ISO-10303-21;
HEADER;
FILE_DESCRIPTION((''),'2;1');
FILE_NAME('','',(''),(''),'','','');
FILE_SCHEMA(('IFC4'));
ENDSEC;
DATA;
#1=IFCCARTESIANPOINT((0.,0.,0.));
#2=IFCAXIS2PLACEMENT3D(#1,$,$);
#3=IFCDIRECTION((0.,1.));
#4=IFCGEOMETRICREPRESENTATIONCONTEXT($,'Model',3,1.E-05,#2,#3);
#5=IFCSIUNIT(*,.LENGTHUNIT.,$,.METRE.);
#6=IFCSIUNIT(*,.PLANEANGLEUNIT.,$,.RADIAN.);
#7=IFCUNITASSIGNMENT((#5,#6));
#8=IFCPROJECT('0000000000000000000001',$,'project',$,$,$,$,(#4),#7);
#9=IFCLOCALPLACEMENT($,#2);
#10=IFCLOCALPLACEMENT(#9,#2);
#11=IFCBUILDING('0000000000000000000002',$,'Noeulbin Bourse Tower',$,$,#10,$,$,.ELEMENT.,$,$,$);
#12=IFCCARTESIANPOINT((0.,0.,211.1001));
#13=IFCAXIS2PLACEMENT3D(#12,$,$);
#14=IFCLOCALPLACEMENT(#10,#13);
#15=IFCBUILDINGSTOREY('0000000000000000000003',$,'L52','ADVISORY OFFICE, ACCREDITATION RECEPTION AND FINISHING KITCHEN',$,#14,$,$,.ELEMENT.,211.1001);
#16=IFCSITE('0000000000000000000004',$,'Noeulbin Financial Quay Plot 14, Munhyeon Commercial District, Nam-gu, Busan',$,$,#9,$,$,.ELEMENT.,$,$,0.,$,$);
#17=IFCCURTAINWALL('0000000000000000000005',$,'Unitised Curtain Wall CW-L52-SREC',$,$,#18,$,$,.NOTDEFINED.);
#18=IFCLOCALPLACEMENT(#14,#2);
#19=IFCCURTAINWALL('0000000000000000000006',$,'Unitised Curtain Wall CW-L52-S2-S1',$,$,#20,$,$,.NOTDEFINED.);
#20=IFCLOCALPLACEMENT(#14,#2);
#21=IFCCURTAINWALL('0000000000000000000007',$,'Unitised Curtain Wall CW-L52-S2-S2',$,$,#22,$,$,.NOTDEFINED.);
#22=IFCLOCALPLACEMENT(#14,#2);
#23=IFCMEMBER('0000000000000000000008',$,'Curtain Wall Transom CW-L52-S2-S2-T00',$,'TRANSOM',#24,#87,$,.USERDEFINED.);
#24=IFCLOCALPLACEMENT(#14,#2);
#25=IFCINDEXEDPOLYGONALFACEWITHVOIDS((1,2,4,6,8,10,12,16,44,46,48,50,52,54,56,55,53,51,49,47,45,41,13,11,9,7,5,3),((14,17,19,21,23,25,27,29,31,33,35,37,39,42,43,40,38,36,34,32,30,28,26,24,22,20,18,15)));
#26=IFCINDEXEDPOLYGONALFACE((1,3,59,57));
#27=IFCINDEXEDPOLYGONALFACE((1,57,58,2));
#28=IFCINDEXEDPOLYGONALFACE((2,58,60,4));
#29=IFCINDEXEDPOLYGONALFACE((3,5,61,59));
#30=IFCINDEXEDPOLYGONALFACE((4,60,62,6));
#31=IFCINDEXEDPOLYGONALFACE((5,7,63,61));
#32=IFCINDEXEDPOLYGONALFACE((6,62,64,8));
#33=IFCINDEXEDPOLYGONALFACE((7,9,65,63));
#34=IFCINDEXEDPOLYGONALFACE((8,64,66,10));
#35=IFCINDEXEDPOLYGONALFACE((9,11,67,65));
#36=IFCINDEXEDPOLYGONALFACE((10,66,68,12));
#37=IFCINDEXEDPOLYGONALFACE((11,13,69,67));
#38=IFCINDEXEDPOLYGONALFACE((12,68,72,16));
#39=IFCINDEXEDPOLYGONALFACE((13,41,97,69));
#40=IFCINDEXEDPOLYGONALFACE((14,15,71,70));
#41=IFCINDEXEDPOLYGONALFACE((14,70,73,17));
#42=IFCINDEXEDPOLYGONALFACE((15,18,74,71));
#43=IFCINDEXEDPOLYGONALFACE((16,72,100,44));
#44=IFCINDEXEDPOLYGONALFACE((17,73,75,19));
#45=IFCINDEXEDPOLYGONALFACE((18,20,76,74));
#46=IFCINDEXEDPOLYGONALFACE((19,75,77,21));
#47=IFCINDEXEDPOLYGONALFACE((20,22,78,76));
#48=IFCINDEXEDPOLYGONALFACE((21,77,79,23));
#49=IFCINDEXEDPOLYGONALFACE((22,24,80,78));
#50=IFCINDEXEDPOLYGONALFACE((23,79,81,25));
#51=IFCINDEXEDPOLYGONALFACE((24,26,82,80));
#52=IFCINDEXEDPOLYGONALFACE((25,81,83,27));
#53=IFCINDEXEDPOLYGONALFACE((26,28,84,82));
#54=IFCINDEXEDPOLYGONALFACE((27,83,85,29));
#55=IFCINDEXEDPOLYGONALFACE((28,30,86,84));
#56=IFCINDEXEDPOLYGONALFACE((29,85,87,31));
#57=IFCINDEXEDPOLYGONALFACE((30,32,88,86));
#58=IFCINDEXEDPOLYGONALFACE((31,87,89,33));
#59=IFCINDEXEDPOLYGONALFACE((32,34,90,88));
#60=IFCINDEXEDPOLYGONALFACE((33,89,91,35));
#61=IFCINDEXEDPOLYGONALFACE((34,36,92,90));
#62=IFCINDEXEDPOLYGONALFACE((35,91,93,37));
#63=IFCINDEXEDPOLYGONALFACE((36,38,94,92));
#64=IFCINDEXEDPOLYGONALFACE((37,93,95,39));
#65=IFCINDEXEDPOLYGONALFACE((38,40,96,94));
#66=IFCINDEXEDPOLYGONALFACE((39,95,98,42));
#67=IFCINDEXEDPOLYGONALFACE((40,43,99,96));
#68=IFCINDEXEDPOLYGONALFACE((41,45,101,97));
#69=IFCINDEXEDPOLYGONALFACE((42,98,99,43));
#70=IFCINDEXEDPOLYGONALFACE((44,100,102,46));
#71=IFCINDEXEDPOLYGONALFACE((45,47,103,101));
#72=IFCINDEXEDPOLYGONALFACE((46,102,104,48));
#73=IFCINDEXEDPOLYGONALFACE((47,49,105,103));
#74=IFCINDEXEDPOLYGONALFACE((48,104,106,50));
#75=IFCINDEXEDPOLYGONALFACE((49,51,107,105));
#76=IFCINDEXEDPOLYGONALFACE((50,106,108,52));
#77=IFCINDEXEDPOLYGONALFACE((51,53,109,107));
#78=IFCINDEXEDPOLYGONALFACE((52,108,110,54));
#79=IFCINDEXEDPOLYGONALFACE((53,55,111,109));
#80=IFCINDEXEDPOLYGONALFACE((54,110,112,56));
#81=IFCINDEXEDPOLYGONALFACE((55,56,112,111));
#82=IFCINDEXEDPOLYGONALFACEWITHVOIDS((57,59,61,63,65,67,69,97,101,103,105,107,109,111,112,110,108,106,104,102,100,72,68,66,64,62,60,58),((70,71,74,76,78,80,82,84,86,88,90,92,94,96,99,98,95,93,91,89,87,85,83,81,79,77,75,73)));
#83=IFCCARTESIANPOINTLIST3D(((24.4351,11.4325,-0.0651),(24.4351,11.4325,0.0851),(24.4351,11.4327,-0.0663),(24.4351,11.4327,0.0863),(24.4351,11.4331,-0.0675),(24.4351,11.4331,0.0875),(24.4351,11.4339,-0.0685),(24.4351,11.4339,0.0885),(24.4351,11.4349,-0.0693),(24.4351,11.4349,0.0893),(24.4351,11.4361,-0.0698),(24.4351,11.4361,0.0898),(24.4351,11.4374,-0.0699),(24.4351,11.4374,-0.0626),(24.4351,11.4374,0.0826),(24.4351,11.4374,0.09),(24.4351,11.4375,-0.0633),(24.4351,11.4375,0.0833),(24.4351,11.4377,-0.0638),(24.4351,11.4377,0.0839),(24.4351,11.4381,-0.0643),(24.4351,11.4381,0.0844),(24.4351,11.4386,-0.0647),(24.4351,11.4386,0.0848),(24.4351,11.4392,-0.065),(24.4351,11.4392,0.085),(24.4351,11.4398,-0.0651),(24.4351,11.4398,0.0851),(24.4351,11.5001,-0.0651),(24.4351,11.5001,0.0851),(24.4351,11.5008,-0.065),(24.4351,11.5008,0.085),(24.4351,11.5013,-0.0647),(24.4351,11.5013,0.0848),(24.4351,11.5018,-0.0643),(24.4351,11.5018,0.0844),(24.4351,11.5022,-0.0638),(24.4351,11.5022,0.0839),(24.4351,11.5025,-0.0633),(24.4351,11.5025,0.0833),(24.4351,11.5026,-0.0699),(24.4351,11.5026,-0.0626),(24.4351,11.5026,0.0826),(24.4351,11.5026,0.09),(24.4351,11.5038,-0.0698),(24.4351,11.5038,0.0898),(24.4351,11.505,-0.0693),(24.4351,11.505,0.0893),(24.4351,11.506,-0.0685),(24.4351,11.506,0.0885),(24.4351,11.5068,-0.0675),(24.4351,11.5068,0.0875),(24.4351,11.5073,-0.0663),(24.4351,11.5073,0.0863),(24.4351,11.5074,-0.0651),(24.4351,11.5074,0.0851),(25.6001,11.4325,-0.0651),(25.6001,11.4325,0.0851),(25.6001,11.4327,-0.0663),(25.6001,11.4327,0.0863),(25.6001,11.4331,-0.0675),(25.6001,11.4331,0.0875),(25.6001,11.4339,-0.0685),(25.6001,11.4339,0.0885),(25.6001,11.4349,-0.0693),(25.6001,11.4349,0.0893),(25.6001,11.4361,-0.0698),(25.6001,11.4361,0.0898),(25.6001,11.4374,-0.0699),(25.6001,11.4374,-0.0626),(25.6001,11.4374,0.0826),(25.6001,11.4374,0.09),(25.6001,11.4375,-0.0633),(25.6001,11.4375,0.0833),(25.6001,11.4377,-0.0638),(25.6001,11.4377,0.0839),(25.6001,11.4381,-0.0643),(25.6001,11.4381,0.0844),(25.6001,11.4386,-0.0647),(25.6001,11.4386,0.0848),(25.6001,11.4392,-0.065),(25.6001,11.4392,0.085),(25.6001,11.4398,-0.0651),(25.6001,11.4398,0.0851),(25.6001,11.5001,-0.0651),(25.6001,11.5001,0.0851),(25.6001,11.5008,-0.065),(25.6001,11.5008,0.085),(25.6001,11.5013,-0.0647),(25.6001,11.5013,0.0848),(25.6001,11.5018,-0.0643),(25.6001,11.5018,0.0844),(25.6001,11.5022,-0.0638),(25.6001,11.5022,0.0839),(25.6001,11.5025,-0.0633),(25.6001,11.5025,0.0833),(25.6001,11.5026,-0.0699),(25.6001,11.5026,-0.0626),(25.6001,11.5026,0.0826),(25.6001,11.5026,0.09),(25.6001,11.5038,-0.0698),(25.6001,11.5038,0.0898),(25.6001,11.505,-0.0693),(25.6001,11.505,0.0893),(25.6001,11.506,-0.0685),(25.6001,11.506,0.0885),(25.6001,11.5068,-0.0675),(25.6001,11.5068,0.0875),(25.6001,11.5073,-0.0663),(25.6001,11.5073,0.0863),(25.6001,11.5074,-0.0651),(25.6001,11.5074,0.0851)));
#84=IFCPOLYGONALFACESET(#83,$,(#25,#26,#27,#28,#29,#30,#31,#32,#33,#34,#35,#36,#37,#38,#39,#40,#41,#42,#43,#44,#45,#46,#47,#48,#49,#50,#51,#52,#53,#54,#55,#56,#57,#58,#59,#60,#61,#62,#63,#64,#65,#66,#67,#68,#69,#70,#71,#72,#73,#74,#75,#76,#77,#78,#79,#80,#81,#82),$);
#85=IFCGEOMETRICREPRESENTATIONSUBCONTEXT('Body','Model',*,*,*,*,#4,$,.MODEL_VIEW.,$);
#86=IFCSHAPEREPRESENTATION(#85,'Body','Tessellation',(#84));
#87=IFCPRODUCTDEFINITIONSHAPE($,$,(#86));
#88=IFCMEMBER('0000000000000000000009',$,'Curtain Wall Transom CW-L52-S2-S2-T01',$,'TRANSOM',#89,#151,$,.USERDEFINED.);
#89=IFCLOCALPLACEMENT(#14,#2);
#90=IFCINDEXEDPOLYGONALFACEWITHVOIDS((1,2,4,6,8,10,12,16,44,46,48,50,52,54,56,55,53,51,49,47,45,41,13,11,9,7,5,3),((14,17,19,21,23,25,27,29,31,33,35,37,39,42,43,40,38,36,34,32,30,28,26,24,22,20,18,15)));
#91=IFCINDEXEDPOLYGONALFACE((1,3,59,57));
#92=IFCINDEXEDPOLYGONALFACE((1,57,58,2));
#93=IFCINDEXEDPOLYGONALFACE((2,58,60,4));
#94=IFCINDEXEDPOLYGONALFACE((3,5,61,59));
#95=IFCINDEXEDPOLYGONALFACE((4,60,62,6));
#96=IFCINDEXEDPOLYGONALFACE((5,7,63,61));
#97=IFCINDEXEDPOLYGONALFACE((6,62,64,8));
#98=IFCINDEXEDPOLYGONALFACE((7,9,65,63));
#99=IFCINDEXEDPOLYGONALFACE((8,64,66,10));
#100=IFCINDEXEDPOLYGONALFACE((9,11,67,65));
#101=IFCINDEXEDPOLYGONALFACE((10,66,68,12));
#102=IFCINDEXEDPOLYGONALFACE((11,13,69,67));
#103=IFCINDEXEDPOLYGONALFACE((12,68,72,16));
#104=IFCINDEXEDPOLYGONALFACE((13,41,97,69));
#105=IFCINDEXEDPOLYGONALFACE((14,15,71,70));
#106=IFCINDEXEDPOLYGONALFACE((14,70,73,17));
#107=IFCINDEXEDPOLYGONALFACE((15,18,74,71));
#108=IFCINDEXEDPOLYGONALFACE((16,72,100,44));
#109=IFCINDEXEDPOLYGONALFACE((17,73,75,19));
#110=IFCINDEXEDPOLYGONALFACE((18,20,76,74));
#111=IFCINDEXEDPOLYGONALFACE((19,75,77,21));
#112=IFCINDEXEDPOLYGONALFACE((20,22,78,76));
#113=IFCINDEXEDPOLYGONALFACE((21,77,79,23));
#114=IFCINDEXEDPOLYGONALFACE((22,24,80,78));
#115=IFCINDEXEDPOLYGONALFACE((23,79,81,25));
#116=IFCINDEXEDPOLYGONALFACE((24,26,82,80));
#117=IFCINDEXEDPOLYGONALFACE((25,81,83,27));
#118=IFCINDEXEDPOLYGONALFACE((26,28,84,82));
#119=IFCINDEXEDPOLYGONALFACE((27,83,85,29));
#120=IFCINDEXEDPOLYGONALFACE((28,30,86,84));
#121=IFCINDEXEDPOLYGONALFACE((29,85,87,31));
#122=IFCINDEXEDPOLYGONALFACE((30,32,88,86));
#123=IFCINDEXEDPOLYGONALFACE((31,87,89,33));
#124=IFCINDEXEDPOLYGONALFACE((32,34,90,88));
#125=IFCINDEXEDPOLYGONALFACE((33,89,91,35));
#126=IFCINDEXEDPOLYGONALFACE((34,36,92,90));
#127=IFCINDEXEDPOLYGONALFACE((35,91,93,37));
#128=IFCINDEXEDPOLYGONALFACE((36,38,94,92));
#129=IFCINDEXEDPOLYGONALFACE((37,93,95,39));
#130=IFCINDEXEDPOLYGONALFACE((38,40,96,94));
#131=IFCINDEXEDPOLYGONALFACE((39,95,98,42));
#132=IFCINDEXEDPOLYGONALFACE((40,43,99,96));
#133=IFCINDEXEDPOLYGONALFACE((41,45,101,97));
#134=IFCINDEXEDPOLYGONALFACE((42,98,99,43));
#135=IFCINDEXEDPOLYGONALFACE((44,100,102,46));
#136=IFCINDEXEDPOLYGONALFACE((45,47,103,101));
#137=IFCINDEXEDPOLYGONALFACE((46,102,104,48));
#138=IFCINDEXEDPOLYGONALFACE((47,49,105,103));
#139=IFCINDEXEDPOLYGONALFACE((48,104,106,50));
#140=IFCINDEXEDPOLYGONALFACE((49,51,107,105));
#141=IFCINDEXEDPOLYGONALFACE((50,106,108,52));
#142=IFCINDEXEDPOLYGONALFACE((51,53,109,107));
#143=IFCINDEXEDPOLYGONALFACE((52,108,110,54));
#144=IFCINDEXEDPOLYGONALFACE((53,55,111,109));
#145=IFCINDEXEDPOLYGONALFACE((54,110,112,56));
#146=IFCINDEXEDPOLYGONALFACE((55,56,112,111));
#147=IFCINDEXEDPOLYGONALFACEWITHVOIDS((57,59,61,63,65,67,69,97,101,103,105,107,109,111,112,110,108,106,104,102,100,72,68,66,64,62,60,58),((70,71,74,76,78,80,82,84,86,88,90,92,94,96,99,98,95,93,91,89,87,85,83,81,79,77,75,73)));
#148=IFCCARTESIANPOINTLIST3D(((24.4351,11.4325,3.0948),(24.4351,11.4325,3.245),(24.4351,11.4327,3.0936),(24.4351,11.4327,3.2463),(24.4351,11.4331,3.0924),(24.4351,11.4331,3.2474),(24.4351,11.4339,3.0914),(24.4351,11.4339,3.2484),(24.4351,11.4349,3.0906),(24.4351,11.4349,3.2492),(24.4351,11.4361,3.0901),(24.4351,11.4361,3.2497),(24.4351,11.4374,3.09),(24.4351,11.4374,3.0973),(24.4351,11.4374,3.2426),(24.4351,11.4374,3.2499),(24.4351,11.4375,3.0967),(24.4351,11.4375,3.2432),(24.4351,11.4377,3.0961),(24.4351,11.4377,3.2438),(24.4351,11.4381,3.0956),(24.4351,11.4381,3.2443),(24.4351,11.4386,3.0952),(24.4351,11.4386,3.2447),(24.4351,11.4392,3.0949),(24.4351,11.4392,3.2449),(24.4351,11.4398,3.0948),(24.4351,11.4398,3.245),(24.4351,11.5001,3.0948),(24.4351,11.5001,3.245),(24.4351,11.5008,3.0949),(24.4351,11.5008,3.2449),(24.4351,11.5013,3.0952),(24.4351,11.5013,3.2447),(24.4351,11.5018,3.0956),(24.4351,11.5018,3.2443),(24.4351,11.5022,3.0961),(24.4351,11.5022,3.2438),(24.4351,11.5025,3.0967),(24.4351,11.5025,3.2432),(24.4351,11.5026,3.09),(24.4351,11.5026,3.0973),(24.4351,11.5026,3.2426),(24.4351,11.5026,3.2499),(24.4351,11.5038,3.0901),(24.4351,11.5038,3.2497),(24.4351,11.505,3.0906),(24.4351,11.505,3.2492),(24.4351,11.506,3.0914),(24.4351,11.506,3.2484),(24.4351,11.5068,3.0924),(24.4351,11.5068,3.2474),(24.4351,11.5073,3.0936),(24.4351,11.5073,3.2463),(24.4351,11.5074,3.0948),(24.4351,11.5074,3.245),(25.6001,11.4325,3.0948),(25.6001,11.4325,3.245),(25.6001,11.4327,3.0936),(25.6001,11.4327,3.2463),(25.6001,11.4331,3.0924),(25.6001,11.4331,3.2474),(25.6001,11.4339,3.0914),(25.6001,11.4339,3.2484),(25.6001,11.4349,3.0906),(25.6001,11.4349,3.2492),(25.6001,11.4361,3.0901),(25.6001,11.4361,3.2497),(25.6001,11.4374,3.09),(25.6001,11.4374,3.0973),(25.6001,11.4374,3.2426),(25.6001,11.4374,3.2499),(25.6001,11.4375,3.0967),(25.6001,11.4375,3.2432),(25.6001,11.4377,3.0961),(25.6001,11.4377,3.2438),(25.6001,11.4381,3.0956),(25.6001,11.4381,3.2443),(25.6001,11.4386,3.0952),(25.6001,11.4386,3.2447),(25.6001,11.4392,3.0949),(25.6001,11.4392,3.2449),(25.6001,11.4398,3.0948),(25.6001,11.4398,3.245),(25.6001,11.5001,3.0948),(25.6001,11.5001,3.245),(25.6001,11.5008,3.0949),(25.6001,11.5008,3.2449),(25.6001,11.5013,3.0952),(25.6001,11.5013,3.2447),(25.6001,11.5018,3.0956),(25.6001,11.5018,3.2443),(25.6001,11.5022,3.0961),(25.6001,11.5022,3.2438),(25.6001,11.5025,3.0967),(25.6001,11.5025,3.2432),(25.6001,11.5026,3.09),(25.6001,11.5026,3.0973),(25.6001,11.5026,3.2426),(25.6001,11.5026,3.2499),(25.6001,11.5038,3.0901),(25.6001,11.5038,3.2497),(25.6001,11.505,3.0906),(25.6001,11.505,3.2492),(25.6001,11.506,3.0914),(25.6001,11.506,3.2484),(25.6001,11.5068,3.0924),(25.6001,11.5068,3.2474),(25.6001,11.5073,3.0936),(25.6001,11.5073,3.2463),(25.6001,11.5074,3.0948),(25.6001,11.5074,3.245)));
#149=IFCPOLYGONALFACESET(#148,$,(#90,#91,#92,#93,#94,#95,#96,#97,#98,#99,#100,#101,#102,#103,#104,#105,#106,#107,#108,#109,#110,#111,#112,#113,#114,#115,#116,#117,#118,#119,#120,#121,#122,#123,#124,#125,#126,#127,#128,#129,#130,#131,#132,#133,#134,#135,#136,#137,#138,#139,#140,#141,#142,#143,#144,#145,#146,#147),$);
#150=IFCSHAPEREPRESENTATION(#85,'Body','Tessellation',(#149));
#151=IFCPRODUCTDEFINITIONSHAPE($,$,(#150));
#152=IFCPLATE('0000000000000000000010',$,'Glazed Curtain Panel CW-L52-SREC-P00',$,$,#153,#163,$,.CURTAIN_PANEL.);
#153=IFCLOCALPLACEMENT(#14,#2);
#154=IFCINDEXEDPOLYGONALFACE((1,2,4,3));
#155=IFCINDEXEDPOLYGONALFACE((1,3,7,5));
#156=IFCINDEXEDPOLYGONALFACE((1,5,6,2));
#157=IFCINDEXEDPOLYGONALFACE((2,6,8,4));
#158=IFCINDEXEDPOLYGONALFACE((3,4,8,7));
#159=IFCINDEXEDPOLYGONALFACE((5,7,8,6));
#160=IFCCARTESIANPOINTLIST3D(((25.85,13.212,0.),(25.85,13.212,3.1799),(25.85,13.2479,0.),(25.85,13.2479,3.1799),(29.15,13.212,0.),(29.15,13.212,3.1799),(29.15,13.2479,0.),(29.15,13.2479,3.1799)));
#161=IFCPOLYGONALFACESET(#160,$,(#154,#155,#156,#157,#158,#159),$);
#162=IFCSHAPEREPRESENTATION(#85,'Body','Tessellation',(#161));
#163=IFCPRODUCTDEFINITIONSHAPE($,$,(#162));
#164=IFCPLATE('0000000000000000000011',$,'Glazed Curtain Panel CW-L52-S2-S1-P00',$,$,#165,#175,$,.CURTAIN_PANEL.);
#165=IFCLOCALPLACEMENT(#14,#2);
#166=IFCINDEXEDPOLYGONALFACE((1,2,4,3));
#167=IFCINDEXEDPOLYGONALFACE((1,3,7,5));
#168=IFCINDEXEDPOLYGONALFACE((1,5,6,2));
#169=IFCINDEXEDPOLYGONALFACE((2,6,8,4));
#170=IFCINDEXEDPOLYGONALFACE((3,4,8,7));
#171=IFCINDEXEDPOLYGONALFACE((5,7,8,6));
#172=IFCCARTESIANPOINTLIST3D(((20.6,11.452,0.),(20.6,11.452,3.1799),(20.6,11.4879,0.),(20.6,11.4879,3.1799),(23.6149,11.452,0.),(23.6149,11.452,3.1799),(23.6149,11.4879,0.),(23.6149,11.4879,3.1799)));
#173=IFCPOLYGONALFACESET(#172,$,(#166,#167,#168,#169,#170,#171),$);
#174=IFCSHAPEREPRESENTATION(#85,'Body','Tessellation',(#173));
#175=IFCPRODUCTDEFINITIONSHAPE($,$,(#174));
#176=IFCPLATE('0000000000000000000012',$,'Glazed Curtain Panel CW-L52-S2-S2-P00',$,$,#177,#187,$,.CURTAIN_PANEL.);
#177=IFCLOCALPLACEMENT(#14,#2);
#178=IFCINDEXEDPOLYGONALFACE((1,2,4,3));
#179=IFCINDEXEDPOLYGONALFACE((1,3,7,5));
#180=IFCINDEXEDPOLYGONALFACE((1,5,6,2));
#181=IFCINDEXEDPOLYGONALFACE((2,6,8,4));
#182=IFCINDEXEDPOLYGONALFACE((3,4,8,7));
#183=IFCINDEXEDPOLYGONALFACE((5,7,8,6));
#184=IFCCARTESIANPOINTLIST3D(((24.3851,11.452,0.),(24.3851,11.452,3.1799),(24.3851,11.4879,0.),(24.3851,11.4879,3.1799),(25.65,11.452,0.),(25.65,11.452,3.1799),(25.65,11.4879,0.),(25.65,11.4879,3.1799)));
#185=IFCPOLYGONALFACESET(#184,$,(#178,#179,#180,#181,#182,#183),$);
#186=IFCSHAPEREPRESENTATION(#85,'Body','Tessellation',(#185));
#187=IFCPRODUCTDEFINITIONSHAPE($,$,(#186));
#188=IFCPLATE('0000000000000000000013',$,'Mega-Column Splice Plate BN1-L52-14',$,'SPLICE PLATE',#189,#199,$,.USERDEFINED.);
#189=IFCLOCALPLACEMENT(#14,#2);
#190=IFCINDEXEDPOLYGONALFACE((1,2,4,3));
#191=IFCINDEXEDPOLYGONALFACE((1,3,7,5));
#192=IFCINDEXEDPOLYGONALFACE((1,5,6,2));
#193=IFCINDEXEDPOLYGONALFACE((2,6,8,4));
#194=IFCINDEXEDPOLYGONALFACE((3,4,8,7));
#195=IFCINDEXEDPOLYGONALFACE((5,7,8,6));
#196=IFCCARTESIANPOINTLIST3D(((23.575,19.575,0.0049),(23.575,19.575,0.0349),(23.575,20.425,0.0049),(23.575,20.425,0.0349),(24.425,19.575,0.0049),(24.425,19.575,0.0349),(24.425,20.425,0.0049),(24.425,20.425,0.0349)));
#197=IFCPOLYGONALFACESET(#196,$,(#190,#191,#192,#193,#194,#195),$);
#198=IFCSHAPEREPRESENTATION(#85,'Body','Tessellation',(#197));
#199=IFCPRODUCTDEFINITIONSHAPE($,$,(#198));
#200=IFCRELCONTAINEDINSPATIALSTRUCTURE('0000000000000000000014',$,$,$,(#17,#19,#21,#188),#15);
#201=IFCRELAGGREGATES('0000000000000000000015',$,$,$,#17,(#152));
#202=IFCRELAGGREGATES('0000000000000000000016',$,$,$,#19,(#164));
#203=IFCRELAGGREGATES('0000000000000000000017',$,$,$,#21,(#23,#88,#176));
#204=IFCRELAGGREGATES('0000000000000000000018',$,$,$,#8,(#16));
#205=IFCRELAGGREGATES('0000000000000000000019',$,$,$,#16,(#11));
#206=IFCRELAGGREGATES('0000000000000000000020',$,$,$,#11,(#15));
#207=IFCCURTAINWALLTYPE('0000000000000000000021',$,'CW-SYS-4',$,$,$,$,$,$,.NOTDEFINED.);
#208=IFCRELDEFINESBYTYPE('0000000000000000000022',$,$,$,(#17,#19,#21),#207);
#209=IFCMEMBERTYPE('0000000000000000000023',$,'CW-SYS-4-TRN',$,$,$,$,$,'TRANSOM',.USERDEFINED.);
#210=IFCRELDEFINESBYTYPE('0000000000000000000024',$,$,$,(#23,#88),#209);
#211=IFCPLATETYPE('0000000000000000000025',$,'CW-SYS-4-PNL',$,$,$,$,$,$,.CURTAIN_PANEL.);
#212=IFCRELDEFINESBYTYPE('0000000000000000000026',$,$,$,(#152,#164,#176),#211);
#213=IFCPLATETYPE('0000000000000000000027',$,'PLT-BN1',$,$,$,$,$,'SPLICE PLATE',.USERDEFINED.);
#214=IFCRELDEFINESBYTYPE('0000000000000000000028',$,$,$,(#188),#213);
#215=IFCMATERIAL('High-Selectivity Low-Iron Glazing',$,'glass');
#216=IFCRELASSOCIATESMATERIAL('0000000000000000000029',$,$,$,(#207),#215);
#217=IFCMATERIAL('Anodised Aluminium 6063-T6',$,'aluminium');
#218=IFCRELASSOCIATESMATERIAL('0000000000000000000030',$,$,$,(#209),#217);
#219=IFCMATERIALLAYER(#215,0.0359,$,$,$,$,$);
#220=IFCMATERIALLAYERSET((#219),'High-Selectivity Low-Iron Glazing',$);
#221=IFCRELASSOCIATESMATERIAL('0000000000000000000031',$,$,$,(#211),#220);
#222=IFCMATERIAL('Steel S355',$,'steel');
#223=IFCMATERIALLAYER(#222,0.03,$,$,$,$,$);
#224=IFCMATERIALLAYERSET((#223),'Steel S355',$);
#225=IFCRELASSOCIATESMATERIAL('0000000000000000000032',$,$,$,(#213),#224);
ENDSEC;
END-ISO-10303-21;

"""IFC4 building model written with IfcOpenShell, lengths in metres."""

from ifc_helpers import new_model, si_unit, direction, frame, origin, origin_2d, place, context, subcontext, project, spatial, rectangle, hollow_rectangle, extrude, material, layer, layer_set, material_profile, profile_set, type_object, element, aggregate, save


model = new_model("IFC4")

# Units and contexts
model_context = context("Model", 3, precision=1e-05, world=origin(), true_north=direction((0.0, 1.0)))
body_context = subcontext(model_context, "Body", "Model", "MODEL_VIEW")
ifc_project = project(units=[si_unit("LENGTHUNIT", "METRE"), si_unit("PLANEANGLEUNIT", "RADIAN")], contexts=[model_context])

# Site, building, storey
site_placement = place(None, origin())
site = spatial("IfcSite", under=ifc_project, at=site_placement, Name="Noeulbin Financial Quay Plot 14, Munhyeon Commercial District, Nam-gu, Busan", CompositionType="ELEMENT", RefElevation=0.0)
building_placement = place(site_placement, origin())
building = spatial("IfcBuilding", under=site, at=building_placement, Name="Noeulbin Bourse Tower", CompositionType="ELEMENT")
storey_placement = place(building_placement, frame((0.0, 0.0, 211.1001)))
storey = spatial("IfcBuildingStorey", under=building, at=storey_placement, Name="L52", Description="ADVISORY OFFICE, ACCREDITATION RECEPTION AND FINISHING KITCHEN", CompositionType="ELEMENT", Elevation=211.1001)

# Shared definitions
ifc_material_1 = material(Name="Steel S355", Category="steel")

# Curtain walls
ifc_material_2 = material(Name="High-Selectivity Low-Iron Glazing", Category="glass")
curtain_wall_type = type_object("IfcCurtainWallType", Name="CW-SYS-4", PredefinedType="NOTDEFINED", material=ifc_material_2)
curtain_wall_1_placement = place(storey_placement, origin())
curtain_wall_1 = element("IfcCurtainWall", 1, at=curtain_wall_1_placement, inside=storey, type_object=curtain_wall_type, Name="Unitised Curtain Wall CW-L52-SREC", PredefinedType="NOTDEFINED")
ifc_material_3 = material(Name="Anodised Aluminium 6063-T6", Category="aluminium")
curtain_wall_2_placement = place(storey_placement, origin())
curtain_wall_2 = element("IfcCurtainWall", 2, at=curtain_wall_2_placement, inside=storey, type_object=curtain_wall_type, Name="Unitised Curtain Wall CW-L52-S2-S1", PredefinedType="NOTDEFINED")
curtain_wall_3_placement = place(storey_placement, origin())
curtain_wall_3 = element("IfcCurtainWall", 3, at=curtain_wall_3_placement, inside=storey, type_object=curtain_wall_type, Name="Unitised Curtain Wall CW-L52-S2-S2", PredefinedType="NOTDEFINED")

# Members
ifc_material_profile_1 = material_profile(ifc_material_3, hollow_rectangle(XDim=0.075, YDim=0.1599, WallThickness=0.0049, InnerFilletRadius=0.0024, OuterFilletRadius=0.0049, at=origin_2d()), Name="ALU-TRAN-75x160x5", Category="LoadBearing")
ifc_profile_set_1 = profile_set([ifc_material_profile_1], Name="Anodised Aluminium 6063-T6")
member_type_1 = type_object("IfcMemberType", Name="CW-SYS-4-TRN", ElementType="TRANSOM", PredefinedType="USERDEFINED", material=ifc_profile_set_1)
member_1_placement = place(storey_placement, frame((24.4351, 11.47, 0.01), z_axis=(1.0, 0.0, 0.0), x_axis=(0.0, 1.0, 0.0)))
member_1 = element("IfcMember", 4, at=member_1_placement, type_object=member_type_1, Name="Curtain Wall Transom CW-L52-S2-S2-T00", ObjectType="TRANSOM", PredefinedType="USERDEFINED", context=body_context, shape_type="SweptSolid", body=[
    extrude(hollow_rectangle(XDim=0.075, YDim=0.1599, WallThickness=0.0049, InnerFilletRadius=0.0024, OuterFilletRadius=0.0049, at=origin_2d()), origin(), (0.0, 0.0, 1.0), 1.165),
])
member_2_placement = place(storey_placement, frame((24.4351, 11.47, 3.1699), z_axis=(1.0, 0.0, 0.0), x_axis=(0.0, 1.0, 0.0)))
member_2 = element("IfcMember", 5, at=member_2_placement, type_object=member_type_1, Name="Curtain Wall Transom CW-L52-S2-S2-T01", ObjectType="TRANSOM", PredefinedType="USERDEFINED", context=body_context, shape_type="SweptSolid", body=[
    extrude(hollow_rectangle(XDim=0.075, YDim=0.1599, WallThickness=0.0049, InnerFilletRadius=0.0024, OuterFilletRadius=0.0049, at=origin_2d()), origin(), (0.0, 0.0, 1.0), 1.165),
])

# Plates
ifc_layer_1 = layer(ifc_material_2, 0.0359)
ifc_layer_set_1 = layer_set([ifc_layer_1], Name="High-Selectivity Low-Iron Glazing")
plate_type_1 = type_object("IfcPlateType", Name="CW-SYS-4-PNL", PredefinedType="CURTAIN_PANEL", material=ifc_layer_set_1)
plate_1_placement = place(storey_placement, frame((27.5, 13.23, 0.0), z_axis=(0.0, 0.0, 1.0), x_axis=(1.0, 0.0, 0.0)))
plate_1 = element("IfcPlate", 6, at=plate_1_placement, type_object=plate_type_1, Name="Glazed Curtain Panel CW-L52-SREC-P00", PredefinedType="CURTAIN_PANEL", context=body_context, shape_type="SweptSolid", body=[
    extrude(rectangle(XDim=3.3, YDim=0.0359, at=origin_2d()), origin(), (0.0, 0.0, 1.0), 3.1799),
])
aggregate(curtain_wall_1, [plate_1])
plate_2_placement = place(storey_placement, frame((22.1074, 11.47, 0.0), z_axis=(0.0, 0.0, 1.0), x_axis=(1.0, 0.0, 0.0)))
plate_2 = element("IfcPlate", 7, at=plate_2_placement, type_object=plate_type_1, Name="Glazed Curtain Panel CW-L52-S2-S1-P00", PredefinedType="CURTAIN_PANEL", context=body_context, shape_type="SweptSolid", body=[
    extrude(rectangle(XDim=3.0149, YDim=0.0359, at=origin_2d()), origin(), (0.0, 0.0, 1.0), 3.1799),
])
aggregate(curtain_wall_2, [plate_2])
plate_3_placement = place(storey_placement, frame((25.0176, 11.47, 0.0), z_axis=(0.0, 0.0, 1.0), x_axis=(1.0, 0.0, 0.0)))
plate_3 = element("IfcPlate", 8, at=plate_3_placement, type_object=plate_type_1, Name="Glazed Curtain Panel CW-L52-S2-S2-P00", PredefinedType="CURTAIN_PANEL", context=body_context, shape_type="SweptSolid", body=[
    extrude(rectangle(XDim=1.2649, YDim=0.0359, at=origin_2d()), origin(), (0.0, 0.0, 1.0), 3.1799),
])
aggregate(curtain_wall_3, [member_1, member_2, plate_3])

# Plate
ifc_layer_2 = layer(ifc_material_1, 0.03)
ifc_layer_set_2 = layer_set([ifc_layer_2], Name="Steel S355")
plate_type_2 = type_object("IfcPlateType", Name="PLT-BN1", ElementType="SPLICE PLATE", PredefinedType="USERDEFINED", material=ifc_layer_set_2)
for number, where, z_axis, x_axis, name in (
    (9, (24.0, 20.0, 0.0049), (0.0, 0.0, 1.0), (1.0, 0.0, 0.0), "Mega-Column Splice Plate BN1-L52-14"),
):
    element("IfcPlate", number, at=place(storey_placement, frame(where, z_axis=z_axis, x_axis=x_axis)), inside=storey, type_object=plate_type_2, Name=name, ObjectType="SPLICE PLATE", PredefinedType="USERDEFINED", context=body_context, shape_type="SweptSolid", body=[
        extrude(rectangle(XDim=0.8501, YDim=0.8501, at=origin_2d()), origin(), (0.0, 0.0, 1.0), 0.03),
    ])

save(model, "model.ifc")
